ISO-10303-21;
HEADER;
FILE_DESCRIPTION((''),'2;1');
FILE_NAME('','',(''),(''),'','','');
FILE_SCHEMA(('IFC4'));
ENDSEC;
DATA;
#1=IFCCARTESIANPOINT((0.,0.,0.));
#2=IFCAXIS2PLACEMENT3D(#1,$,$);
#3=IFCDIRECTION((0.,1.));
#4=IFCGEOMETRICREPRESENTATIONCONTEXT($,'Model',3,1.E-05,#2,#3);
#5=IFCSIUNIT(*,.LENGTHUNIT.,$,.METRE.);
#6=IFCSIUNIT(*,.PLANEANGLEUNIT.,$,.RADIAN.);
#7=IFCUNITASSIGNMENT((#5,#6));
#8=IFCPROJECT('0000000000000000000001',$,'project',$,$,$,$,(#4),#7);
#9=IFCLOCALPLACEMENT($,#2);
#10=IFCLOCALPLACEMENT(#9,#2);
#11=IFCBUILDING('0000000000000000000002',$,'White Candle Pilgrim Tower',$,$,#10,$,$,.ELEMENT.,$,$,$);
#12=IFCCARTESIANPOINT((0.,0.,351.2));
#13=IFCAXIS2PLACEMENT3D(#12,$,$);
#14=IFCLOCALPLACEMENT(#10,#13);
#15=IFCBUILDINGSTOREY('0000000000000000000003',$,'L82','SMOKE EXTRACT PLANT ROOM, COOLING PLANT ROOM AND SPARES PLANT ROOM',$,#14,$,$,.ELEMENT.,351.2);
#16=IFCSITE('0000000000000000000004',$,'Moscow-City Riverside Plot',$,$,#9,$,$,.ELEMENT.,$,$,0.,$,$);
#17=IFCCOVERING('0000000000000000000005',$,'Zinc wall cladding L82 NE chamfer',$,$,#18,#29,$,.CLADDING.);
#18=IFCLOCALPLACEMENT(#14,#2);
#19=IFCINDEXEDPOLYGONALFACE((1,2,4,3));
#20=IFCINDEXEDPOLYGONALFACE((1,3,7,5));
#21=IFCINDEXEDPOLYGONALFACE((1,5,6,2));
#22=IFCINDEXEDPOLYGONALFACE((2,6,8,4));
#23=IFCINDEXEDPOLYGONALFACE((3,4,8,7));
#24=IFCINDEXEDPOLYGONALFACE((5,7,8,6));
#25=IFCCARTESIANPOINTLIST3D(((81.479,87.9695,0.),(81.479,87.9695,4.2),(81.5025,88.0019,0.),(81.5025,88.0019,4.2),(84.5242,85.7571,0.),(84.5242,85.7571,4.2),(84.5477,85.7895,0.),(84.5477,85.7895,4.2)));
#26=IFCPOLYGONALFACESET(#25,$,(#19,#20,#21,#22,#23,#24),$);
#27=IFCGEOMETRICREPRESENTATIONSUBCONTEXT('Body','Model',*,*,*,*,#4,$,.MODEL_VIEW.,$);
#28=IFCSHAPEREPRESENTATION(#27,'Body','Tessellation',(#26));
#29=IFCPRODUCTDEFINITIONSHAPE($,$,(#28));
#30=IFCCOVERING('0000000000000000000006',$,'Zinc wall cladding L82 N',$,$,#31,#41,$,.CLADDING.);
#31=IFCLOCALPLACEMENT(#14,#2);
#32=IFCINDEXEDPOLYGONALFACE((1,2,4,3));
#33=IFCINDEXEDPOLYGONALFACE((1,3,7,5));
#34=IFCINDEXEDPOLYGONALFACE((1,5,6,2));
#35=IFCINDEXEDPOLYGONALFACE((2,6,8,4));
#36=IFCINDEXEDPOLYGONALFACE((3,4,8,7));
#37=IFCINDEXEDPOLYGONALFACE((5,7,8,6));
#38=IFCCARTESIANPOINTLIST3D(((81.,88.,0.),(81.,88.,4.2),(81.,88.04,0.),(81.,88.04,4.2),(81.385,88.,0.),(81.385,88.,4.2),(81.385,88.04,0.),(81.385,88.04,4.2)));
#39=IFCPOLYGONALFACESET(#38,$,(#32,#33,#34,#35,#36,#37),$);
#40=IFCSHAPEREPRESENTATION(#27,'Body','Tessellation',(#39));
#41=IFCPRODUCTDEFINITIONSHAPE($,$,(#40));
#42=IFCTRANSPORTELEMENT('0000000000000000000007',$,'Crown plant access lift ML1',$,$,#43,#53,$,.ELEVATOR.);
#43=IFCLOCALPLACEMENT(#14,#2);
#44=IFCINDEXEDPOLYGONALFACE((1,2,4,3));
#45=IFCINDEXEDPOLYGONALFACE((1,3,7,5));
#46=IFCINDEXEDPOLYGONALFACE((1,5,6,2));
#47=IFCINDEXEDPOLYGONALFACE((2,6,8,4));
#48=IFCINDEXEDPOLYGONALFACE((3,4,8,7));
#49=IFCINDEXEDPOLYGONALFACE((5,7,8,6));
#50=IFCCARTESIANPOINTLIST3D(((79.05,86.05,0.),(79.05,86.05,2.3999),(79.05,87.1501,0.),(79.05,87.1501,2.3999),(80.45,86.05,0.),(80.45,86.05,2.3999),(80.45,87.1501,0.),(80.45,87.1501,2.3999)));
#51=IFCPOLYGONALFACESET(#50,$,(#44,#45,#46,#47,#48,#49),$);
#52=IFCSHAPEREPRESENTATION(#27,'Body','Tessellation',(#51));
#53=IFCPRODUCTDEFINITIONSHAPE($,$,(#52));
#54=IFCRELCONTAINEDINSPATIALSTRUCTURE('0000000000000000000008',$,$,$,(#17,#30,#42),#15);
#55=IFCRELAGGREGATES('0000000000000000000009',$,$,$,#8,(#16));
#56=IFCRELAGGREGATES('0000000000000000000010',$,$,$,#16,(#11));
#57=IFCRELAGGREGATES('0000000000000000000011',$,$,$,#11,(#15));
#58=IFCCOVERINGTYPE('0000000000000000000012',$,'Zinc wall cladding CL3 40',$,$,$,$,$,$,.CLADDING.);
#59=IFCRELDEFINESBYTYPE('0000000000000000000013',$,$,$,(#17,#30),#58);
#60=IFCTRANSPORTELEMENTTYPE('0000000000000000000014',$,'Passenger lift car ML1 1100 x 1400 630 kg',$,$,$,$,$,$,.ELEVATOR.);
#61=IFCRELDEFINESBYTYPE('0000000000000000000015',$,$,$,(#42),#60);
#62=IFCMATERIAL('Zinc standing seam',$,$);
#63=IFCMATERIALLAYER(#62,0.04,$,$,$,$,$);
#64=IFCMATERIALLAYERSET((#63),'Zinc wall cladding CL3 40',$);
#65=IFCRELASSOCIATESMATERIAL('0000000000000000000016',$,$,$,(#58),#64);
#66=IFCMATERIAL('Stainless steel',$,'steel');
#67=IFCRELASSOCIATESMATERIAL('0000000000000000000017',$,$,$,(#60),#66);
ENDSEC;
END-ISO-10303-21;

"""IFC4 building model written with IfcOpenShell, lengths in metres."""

from ifc_helpers import new_model, si_unit, direction, frame, origin, origin_2d, place, context, subcontext, project, spatial, polyline, rectangle, outline, extrude, material, layer, layer_set, type_object, element, save


model = new_model("IFC4")

# Units and contexts
model_context = context("Model", 3, precision=1e-05, world=origin(), true_north=direction((0.0, 1.0)))
body_context = subcontext(model_context, "Body", "Model", "MODEL_VIEW")
ifc_project = project(units=[si_unit("LENGTHUNIT", "METRE"), si_unit("PLANEANGLEUNIT", "RADIAN")], contexts=[model_context])

# Site, building, storey
site_placement = place(None, origin())
site = spatial("IfcSite", under=ifc_project, at=site_placement, Name="Moscow-City Riverside Plot", CompositionType="ELEMENT", RefElevation=0.0)
building_placement = place(site_placement, origin())
building = spatial("IfcBuilding", under=site, at=building_placement, Name="White Candle Pilgrim Tower", CompositionType="ELEMENT")
storey_placement = place(building_placement, frame((0.0, 0.0, 351.2)))
storey = spatial("IfcBuildingStorey", under=building, at=storey_placement, Name="L82", Description="SMOKE EXTRACT PLANT ROOM, COOLING PLANT ROOM AND SPARES PLANT ROOM", CompositionType="ELEMENT", Elevation=351.2)

# Shared definitions
ifc_material_1 = material(Name="Stainless steel", Category="steel")

# Coverings
ifc_material_2 = material(Name="Zinc standing seam")
ifc_layer_1 = layer(ifc_material_2, 0.04)
ifc_layer_set_1 = layer_set([ifc_layer_1], Name="Zinc wall cladding CL3 40")
covering_type = type_object("IfcCoveringType", Name="Zinc wall cladding CL3 40", PredefinedType="CLADDING", material=ifc_layer_set_1)
covering_1_placement = place(storey_placement, frame((84.5242, 85.7571, 4.2), z_axis=(-0.587778, -0.809022, 0.0), x_axis=(-0.809022, 0.587778, 0.0)))
element("IfcCovering", 1, at=covering_1_placement, inside=storey, type_object=covering_type, Name="Zinc wall cladding L82 NE chamfer", PredefinedType="CLADDING", context=body_context, shape_type="SweptSolid", body=[
    extrude(outline(polyline([(0.0, 0.0), (3.764, 0.0), (3.764, 4.2), (0.0, 4.2), (0.0, 0.0)])), origin(), (0.0, 0.0, -1.0), 0.04),
])
covering_2_placement = place(storey_placement, frame((81.385, 88.0, 4.2), z_axis=(0.0, -1.0, 0.0), x_axis=(-1.0, 0.0, 0.0)))
element("IfcCovering", 2, at=covering_2_placement, inside=storey, type_object=covering_type, Name="Zinc wall cladding L82 N", PredefinedType="CLADDING", context=body_context, shape_type="SweptSolid", body=[
    extrude(outline(polyline([(0.0, 0.0), (0.385, 0.0), (0.385, 4.2), (0.0, 4.2), (0.0, 0.0)])), origin(), (0.0, 0.0, -1.0), 0.04),
])

# Transport element
transport_element_type = type_object("IfcTransportElementType", Name="Passenger lift car ML1 1100 x 1400 630 kg", PredefinedType="ELEVATOR", material=ifc_material_1)
transport_element_placement = place(storey_placement, frame((79.75, 86.6001, 0.0), z_axis=(0.0, 0.0, 1.0), x_axis=(0.0, 1.0, 0.0)))
element("IfcTransportElement", 3, at=transport_element_placement, inside=storey, type_object=transport_element_type, Name="Crown plant access lift ML1", PredefinedType="ELEVATOR", context=body_context, shape_type="SweptSolid", body=[
    extrude(rectangle(XDim=1.1001, YDim=1.3999, at=origin_2d()), origin(), (0.0, 0.0, 1.0), 2.3999),
])

save(model, "model.ifc")
